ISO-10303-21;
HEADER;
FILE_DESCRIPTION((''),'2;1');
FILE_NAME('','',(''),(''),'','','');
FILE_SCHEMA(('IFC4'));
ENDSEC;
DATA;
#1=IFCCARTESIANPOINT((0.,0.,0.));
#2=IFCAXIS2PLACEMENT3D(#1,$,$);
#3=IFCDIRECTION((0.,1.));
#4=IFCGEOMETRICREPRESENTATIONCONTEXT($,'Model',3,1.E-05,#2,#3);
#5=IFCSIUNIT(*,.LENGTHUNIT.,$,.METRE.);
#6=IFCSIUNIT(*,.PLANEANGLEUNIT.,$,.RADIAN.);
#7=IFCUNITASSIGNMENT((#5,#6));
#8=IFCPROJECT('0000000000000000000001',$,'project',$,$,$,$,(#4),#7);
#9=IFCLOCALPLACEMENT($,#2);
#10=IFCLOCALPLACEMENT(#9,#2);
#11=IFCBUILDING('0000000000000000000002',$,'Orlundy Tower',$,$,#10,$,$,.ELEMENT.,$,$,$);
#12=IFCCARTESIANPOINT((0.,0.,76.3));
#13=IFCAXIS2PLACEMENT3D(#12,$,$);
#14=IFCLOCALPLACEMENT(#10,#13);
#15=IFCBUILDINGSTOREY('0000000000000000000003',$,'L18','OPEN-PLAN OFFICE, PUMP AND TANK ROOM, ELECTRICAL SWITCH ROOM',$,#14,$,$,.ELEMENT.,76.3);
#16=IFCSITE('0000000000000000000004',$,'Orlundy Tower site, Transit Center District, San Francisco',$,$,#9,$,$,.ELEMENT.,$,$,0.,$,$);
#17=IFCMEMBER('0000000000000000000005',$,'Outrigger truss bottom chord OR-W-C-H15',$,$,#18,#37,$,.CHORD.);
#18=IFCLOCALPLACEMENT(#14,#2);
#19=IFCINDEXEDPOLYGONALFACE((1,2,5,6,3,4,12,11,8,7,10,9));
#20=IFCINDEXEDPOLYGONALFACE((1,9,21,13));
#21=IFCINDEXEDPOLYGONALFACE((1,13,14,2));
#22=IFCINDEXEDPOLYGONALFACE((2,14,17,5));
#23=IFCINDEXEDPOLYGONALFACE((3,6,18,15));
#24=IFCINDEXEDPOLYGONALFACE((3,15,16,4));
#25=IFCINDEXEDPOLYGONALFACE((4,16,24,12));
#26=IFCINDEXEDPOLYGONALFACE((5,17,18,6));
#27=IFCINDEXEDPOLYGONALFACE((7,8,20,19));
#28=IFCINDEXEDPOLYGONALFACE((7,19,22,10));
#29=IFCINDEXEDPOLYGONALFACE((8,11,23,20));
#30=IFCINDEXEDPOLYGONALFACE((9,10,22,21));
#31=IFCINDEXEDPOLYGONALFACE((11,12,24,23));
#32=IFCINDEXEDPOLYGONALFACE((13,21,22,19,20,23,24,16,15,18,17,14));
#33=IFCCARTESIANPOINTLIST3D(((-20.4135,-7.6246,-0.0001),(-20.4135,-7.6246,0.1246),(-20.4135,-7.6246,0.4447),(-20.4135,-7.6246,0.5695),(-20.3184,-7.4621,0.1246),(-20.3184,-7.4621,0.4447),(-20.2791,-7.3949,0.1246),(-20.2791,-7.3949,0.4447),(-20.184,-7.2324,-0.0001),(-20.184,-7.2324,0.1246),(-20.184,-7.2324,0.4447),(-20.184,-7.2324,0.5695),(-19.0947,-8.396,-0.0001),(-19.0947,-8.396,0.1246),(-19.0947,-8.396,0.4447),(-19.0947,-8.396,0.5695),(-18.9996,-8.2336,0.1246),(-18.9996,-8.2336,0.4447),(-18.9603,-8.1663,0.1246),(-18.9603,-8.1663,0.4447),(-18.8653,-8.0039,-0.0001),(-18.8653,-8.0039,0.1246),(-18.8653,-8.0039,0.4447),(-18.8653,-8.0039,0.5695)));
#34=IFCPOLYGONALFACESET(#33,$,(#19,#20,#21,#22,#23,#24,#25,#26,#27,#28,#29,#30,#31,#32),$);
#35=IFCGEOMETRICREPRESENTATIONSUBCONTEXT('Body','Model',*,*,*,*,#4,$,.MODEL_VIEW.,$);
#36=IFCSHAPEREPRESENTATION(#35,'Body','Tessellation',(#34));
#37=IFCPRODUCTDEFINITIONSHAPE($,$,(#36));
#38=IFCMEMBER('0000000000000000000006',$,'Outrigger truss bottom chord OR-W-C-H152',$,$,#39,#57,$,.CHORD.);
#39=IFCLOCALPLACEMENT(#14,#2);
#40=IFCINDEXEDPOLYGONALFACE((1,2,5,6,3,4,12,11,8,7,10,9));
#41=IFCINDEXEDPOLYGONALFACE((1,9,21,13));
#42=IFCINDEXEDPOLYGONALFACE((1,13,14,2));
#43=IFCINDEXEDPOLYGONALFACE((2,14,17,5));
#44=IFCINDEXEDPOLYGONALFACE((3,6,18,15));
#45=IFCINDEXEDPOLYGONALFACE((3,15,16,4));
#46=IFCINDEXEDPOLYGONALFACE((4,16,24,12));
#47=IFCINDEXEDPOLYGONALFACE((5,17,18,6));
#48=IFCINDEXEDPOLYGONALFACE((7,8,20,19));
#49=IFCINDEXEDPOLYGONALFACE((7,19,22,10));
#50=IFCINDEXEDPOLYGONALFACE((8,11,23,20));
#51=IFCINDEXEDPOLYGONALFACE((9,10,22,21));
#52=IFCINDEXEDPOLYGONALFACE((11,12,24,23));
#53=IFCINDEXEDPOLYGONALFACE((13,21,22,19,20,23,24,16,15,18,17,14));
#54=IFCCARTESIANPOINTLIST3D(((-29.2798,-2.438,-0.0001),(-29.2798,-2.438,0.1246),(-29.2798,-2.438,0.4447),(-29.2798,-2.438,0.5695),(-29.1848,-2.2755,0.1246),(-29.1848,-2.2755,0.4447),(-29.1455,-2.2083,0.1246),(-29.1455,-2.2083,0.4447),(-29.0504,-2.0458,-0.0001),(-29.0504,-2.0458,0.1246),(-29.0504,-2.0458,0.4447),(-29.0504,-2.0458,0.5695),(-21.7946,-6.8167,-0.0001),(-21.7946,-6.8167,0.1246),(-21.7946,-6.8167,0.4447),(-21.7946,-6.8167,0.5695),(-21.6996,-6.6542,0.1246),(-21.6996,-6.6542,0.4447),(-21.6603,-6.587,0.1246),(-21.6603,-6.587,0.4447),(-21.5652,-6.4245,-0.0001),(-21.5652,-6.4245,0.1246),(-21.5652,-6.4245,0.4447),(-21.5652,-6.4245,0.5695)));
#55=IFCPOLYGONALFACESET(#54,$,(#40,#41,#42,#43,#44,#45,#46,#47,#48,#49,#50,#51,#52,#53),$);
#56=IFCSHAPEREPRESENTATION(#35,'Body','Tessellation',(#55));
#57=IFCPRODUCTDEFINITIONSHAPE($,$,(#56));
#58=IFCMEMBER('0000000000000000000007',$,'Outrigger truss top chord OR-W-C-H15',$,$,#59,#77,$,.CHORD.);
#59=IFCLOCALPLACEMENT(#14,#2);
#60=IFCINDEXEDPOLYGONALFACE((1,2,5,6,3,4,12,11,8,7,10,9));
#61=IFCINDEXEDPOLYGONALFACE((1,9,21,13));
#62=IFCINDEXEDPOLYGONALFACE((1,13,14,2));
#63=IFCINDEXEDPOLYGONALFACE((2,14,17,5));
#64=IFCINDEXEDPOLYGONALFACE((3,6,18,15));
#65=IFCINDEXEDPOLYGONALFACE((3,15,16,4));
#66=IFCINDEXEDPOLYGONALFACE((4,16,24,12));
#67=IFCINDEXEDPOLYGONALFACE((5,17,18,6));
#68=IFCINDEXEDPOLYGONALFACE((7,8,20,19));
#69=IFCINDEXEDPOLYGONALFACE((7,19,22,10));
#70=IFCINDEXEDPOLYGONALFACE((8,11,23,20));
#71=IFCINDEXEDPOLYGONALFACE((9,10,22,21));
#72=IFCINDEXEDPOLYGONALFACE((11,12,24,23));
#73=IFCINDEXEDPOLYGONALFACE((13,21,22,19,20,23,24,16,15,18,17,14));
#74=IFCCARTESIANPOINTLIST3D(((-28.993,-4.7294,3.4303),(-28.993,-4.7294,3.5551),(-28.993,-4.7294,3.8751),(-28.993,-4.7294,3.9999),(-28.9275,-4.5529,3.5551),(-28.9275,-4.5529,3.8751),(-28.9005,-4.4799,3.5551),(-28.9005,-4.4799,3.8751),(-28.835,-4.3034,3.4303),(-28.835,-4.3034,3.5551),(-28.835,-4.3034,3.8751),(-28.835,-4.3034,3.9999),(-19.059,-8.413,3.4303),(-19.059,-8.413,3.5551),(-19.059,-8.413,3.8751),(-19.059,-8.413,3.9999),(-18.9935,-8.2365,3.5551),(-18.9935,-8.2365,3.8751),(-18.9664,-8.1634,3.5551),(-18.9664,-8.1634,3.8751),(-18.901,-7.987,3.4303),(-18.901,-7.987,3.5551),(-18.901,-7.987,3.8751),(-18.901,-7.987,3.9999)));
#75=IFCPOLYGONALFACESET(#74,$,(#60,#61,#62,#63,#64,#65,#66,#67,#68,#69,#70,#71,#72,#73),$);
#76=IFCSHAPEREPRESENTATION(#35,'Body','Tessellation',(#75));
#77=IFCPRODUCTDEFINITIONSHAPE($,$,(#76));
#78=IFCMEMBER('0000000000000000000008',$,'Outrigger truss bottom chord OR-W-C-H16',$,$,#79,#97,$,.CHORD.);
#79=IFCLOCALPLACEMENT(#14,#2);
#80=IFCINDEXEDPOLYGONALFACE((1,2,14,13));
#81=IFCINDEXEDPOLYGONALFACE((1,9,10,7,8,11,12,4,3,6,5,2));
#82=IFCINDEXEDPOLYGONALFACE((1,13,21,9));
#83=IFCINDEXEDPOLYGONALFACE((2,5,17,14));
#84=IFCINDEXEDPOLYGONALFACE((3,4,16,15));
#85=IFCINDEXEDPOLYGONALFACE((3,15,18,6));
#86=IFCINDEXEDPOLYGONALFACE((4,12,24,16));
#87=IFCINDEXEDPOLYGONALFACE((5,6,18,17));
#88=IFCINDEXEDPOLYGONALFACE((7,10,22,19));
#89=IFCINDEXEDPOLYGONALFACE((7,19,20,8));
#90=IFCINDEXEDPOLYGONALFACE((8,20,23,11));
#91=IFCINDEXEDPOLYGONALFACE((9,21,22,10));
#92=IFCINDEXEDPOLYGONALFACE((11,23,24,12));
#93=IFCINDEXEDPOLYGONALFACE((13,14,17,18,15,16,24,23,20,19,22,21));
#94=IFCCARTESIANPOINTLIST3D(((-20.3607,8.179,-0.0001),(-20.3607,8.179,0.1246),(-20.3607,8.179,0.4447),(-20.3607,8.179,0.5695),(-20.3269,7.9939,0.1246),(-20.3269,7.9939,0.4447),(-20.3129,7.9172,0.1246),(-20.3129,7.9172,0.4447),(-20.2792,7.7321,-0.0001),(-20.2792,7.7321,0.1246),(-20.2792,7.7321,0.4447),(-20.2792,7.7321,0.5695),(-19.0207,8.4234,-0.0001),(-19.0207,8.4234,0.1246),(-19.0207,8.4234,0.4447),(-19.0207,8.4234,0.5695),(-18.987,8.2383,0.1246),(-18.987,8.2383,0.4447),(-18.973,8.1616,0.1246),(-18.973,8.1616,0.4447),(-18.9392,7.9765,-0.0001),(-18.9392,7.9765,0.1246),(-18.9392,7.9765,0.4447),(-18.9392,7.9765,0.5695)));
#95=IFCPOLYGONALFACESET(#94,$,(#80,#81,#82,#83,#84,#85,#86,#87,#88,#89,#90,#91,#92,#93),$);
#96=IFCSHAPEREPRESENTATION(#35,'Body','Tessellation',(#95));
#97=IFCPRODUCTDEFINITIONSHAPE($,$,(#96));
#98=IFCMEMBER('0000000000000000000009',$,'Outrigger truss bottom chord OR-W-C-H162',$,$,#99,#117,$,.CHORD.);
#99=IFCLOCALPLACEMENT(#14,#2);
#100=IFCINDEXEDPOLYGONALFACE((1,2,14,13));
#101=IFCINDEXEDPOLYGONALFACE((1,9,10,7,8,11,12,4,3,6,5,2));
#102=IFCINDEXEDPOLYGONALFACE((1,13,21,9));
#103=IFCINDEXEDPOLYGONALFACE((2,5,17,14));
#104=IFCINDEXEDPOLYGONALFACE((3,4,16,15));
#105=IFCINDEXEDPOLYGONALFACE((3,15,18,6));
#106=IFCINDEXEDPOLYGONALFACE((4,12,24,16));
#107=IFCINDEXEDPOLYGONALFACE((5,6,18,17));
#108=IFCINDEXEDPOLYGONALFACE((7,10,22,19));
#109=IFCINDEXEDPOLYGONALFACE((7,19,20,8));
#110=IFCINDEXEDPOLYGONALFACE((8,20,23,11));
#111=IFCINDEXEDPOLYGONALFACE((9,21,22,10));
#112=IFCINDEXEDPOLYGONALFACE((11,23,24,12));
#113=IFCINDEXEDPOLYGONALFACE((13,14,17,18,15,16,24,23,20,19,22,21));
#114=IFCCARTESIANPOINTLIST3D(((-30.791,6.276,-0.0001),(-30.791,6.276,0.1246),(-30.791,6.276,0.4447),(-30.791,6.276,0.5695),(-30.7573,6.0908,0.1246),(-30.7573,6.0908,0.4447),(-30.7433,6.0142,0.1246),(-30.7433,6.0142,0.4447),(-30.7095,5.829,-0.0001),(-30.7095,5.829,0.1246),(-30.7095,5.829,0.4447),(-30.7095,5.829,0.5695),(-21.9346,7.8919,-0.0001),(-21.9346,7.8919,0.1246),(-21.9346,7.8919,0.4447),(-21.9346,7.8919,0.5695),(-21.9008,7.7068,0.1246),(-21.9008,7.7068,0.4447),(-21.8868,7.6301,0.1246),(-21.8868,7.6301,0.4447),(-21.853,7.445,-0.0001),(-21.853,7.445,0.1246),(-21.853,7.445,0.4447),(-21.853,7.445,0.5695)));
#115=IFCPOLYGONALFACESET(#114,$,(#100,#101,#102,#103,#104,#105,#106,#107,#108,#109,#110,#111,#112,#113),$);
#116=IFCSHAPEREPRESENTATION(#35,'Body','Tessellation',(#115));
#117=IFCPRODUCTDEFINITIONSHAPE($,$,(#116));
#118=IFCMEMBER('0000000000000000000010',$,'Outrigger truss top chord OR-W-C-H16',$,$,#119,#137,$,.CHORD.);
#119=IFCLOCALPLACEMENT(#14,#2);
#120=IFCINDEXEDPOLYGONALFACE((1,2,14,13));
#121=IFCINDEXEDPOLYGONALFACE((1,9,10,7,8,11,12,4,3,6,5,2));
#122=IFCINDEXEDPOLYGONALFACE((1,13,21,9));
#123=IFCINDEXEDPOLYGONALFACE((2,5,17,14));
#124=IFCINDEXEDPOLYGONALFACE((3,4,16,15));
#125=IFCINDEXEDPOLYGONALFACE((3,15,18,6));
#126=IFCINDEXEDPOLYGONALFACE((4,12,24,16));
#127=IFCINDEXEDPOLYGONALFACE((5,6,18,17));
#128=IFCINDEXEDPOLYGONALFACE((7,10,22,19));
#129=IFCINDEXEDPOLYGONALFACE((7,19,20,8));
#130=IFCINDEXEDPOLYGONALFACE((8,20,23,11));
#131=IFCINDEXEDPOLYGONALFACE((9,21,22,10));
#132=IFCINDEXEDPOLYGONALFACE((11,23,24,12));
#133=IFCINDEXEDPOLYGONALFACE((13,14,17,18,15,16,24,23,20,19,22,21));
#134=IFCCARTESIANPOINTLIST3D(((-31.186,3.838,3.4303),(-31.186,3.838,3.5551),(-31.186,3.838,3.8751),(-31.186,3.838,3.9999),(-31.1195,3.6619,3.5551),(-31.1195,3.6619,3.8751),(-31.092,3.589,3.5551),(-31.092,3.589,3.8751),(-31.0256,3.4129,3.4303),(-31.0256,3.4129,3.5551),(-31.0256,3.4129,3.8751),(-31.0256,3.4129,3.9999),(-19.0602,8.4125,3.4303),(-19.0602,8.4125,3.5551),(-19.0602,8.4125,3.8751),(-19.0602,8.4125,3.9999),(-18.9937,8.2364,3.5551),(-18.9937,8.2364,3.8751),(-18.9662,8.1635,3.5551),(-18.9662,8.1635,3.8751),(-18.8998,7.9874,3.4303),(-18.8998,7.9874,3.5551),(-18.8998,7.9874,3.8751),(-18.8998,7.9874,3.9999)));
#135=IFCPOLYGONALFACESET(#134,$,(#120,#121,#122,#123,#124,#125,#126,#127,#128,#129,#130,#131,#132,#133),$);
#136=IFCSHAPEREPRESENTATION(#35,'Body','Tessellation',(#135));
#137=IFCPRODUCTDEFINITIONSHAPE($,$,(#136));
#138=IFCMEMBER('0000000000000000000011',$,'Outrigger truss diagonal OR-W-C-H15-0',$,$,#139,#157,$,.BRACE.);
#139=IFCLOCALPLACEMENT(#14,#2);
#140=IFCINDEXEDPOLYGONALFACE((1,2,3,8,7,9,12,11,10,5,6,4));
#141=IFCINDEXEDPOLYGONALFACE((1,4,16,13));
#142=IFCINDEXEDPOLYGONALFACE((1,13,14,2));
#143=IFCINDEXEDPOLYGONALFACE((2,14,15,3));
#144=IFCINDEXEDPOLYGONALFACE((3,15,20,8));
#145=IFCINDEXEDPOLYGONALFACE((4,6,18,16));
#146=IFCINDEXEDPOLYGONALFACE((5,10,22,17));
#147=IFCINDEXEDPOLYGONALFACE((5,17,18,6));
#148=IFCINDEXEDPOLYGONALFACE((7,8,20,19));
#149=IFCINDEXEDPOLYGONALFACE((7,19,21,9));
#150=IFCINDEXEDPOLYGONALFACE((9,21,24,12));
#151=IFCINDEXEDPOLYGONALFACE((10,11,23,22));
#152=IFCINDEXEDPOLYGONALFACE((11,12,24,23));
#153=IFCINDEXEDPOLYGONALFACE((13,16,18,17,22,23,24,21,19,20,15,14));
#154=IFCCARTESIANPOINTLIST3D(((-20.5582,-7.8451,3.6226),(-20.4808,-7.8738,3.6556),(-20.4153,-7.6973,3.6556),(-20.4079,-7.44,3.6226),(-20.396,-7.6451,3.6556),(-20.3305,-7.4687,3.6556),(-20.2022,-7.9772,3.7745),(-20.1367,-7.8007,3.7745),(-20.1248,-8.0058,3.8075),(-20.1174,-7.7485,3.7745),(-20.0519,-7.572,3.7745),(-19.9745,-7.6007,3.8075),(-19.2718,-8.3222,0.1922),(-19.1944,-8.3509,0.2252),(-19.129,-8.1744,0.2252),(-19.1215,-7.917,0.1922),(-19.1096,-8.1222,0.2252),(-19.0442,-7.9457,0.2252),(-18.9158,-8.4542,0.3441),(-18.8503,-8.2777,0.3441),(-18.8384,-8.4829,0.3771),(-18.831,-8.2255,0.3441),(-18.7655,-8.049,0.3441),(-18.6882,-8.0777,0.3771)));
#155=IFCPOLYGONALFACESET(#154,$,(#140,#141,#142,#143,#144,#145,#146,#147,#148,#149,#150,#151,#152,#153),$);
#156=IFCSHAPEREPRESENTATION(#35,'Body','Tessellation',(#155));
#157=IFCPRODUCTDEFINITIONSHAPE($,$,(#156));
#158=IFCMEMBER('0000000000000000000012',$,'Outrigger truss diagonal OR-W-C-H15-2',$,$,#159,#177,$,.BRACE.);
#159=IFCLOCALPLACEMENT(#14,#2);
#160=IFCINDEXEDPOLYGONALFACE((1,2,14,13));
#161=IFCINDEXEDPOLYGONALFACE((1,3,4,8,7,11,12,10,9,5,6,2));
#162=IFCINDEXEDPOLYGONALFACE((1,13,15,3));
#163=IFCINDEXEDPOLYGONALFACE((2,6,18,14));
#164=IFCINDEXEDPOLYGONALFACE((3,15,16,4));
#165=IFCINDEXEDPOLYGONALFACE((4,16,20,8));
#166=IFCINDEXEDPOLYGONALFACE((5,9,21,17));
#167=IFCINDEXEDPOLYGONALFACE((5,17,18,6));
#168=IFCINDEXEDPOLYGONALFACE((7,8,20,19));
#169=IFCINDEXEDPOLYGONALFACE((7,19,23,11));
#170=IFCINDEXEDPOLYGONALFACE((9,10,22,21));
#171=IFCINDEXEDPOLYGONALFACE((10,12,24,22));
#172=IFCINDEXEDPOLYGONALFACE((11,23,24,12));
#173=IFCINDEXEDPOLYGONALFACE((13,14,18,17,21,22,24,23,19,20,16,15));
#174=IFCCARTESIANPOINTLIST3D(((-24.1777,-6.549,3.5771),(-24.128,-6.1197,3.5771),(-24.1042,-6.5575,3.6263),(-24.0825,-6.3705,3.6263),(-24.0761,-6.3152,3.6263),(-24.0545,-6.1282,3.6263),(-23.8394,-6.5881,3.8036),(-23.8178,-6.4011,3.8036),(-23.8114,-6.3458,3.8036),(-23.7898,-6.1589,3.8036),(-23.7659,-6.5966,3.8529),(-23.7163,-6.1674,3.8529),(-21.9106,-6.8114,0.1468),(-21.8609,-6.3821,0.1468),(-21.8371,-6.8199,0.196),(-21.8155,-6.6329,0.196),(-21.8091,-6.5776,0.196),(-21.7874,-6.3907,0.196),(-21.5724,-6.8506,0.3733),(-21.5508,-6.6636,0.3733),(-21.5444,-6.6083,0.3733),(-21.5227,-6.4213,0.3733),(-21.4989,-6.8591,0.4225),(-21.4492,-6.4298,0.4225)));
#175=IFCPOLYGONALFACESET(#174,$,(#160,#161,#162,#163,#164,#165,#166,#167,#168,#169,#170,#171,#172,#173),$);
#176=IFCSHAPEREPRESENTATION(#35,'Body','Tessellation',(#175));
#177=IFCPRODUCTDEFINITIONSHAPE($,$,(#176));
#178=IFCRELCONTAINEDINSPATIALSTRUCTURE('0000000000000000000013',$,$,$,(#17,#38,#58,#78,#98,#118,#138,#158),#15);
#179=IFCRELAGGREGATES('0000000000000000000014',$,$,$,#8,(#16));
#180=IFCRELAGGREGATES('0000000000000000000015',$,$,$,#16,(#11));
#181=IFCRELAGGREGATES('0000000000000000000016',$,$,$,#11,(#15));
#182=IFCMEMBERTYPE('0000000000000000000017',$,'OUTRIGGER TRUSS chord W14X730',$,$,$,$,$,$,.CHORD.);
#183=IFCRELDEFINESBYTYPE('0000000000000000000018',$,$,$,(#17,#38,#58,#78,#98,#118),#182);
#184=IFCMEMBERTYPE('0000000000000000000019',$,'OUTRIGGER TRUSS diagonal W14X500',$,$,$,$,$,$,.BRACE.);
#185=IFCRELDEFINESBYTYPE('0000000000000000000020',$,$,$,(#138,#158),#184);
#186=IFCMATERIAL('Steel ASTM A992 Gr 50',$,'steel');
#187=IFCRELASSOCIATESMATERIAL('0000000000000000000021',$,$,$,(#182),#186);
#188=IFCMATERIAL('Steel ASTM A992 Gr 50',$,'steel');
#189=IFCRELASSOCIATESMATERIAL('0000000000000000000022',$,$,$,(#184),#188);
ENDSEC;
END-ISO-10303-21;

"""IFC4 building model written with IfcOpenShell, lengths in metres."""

from ifc_helpers import new_model, si_unit, direction, frame, origin, origin_2d, place, context, subcontext, project, spatial, i_section, extrude, material, material_profile, profile_set, type_object, element, save


model = new_model("IFC4")

# Units and contexts
model_context = context("Model", 3, precision=1e-05, world=origin(), true_north=direction((0.0, 1.0)))
body_context = subcontext(model_context, "Body", "Model", "MODEL_VIEW")
ifc_project = project(units=[si_unit("LENGTHUNIT", "METRE"), si_unit("PLANEANGLEUNIT", "RADIAN")], contexts=[model_context])

# Site, building, storey
site_placement = place(None, origin())
site = spatial("IfcSite", under=ifc_project, at=site_placement, Name="Orlundy Tower site, Transit Center District, San Francisco", CompositionType="ELEMENT", RefElevation=0.0)
building_placement = place(site_placement, origin())
building = spatial("IfcBuilding", under=site, at=building_placement, Name="Orlundy Tower", CompositionType="ELEMENT")
storey_placement = place(building_placement, frame((0.0, 0.0, 76.3)))
storey = spatial("IfcBuildingStorey", under=building, at=storey_placement, Name="L18", Description="OPEN-PLAN OFFICE, PUMP AND TANK ROOM, ELECTRICAL SWITCH ROOM", CompositionType="ELEMENT", Elevation=76.3)

# Members
ifc_material_1 = material(Name="Steel ASTM A992 Gr 50", Category="steel")
ifc_material_profile_1 = material_profile(ifc_material_1, i_section(OverallWidth=0.4543, OverallDepth=0.5696, WebThickness=0.0779, FlangeThickness=0.1248, at=origin_2d()), Name="W14X730")
ifc_profile_set_1 = profile_set([ifc_material_profile_1], Name="Steel ASTM A992 Gr 50")
member_type_1 = type_object("IfcMemberType", Name="OUTRIGGER TRUSS chord W14X730", PredefinedType="CHORD", material=ifc_profile_set_1)
member_1_placement = place(storey_placement, frame((-18.98, -8.2, 0.2847), z_axis=(-0.863164, 0.504924, 0.0), x_axis=(-0.504924, -0.863164, 0.0)))
element("IfcMember", 1, at=member_1_placement, inside=storey, type_object=member_type_1, Name="Outrigger truss bottom chord OR-W-C-H15", PredefinedType="CHORD", context=body_context, shape_type="SweptSolid", body=[
    extrude(i_section(OverallWidth=0.4543, OverallDepth=0.5696, WebThickness=0.0779, FlangeThickness=0.1248, at=origin_2d()), origin(), (0.0, 0.0, 1.0), 1.5278),
])
member_2_placement = place(storey_placement, frame((-21.6799, -6.6206, 0.2847), z_axis=(-0.863158, 0.504933, 0.0), x_axis=(-0.504933, -0.863158, 0.0)))
element("IfcMember", 2, at=member_2_placement, inside=storey, type_object=member_type_1, Name="Outrigger truss bottom chord OR-W-C-H152", PredefinedType="CHORD", context=body_context, shape_type="SweptSolid", body=[
    extrude(i_section(OverallWidth=0.4543, OverallDepth=0.5696, WebThickness=0.0779, FlangeThickness=0.1248, at=origin_2d()), origin(), (0.0, 0.0, 1.0), 8.6719),
])
member_3_placement = place(storey_placement, frame((-18.98, -8.2, 3.7151), z_axis=(-0.937616, 0.347672, 0.0), x_axis=(-0.347672, -0.937616, 0.0)))
element("IfcMember", 3, at=member_3_placement, inside=storey, type_object=member_type_1, Name="Outrigger truss top chord OR-W-C-H15", PredefinedType="CHORD", context=body_context, shape_type="SweptSolid", body=[
    extrude(i_section(OverallWidth=0.4543, OverallDepth=0.5696, WebThickness=0.0779, FlangeThickness=0.1248, at=origin_2d()), origin(), (0.0, 0.0, 1.0), 10.595),
])
member_4_placement = place(storey_placement, frame((-18.98, 8.2, 0.2847), z_axis=(-0.983769, -0.179438, 0.0), x_axis=(0.179438, -0.983769, 0.0)))
element("IfcMember", 4, at=member_4_placement, inside=storey, type_object=member_type_1, Name="Outrigger truss bottom chord OR-W-C-H16", PredefinedType="CHORD", context=body_context, shape_type="SweptSolid", body=[
    extrude(i_section(OverallWidth=0.4543, OverallDepth=0.5696, WebThickness=0.0779, FlangeThickness=0.1248, at=origin_2d()), origin(), (0.0, 0.0, 1.0), 1.3621),
])
member_5_placement = place(storey_placement, frame((-21.8938, 7.6685, 0.2847), z_axis=(-0.983758, -0.179499, 0.0), x_axis=(0.179499, -0.983758, 0.0)))
element("IfcMember", 5, at=member_5_placement, inside=storey, type_object=member_type_1, Name="Outrigger truss bottom chord OR-W-C-H162", PredefinedType="CHORD", context=body_context, shape_type="SweptSolid", body=[
    extrude(i_section(OverallWidth=0.4543, OverallDepth=0.5696, WebThickness=0.0779, FlangeThickness=0.1248, at=origin_2d()), origin(), (0.0, 0.0, 1.0), 9.0027),
])
member_6_placement = place(storey_placement, frame((-18.98, 8.2, 3.7151), z_axis=(-0.935634, -0.35297, 0.0), x_axis=(0.35297, -0.935634, 0.0)))
element("IfcMember", 6, at=member_6_placement, inside=storey, type_object=member_type_1, Name="Outrigger truss top chord OR-W-C-H16", PredefinedType="CHORD", context=body_context, shape_type="SweptSolid", body=[
    extrude(i_section(OverallWidth=0.4543, OverallDepth=0.5696, WebThickness=0.0779, FlangeThickness=0.1248, at=origin_2d()), origin(), (0.0, 0.0, 1.0), 12.96),
])
ifc_material_2 = material(Name="Steel ASTM A992 Gr 50", Category="steel")
ifc_material_profile_2 = material_profile(ifc_material_2, i_section(OverallWidth=0.4321, OverallDepth=0.4978, WebThickness=0.0557, FlangeThickness=0.0889, at=origin_2d()), Name="W14X500")
ifc_profile_set_2 = profile_set([ifc_material_profile_2], Name="Steel ASTM A992 Gr 50")
member_type_2 = type_object("IfcMemberType", Name="OUTRIGGER TRUSS diagonal W14X500", PredefinedType="BRACE", material=ifc_profile_set_2)
member_7_placement = place(storey_placement, frame((-18.98, -8.2, 0.2847), z_axis=(-0.348177, 0.129121, 0.928494), x_axis=(-0.347708, -0.937603, 0.0)))
element("IfcMember", 7, at=member_7_placement, inside=storey, type_object=member_type_2, Name="Outrigger truss diagonal OR-W-C-H15-0", PredefinedType="BRACE", context=body_context, shape_type="SweptSolid", body=[
    extrude(i_section(OverallWidth=0.4321, OverallDepth=0.4978, WebThickness=0.0557, FlangeThickness=0.0889, at=origin_2d()), origin(), (0.0, 0.0, 1.0), 3.6946),
])
member_8_placement = place(storey_placement, frame((-21.6799, -6.6206, 0.2847), z_axis=(-0.550233, 0.063698, 0.832578), x_axis=(-0.114998, -0.993366, 0.0)))
element("IfcMember", 8, at=member_8_placement, inside=storey, type_object=member_type_2, Name="Outrigger truss diagonal OR-W-C-H15-2", PredefinedType="BRACE", context=body_context, shape_type="SweptSolid", body=[
    extrude(i_section(OverallWidth=0.4321, OverallDepth=0.4978, WebThickness=0.0557, FlangeThickness=0.0889, at=origin_2d()), origin(), (0.0, 0.0, 1.0), 4.1201),
])

save(model, "model.ifc")
